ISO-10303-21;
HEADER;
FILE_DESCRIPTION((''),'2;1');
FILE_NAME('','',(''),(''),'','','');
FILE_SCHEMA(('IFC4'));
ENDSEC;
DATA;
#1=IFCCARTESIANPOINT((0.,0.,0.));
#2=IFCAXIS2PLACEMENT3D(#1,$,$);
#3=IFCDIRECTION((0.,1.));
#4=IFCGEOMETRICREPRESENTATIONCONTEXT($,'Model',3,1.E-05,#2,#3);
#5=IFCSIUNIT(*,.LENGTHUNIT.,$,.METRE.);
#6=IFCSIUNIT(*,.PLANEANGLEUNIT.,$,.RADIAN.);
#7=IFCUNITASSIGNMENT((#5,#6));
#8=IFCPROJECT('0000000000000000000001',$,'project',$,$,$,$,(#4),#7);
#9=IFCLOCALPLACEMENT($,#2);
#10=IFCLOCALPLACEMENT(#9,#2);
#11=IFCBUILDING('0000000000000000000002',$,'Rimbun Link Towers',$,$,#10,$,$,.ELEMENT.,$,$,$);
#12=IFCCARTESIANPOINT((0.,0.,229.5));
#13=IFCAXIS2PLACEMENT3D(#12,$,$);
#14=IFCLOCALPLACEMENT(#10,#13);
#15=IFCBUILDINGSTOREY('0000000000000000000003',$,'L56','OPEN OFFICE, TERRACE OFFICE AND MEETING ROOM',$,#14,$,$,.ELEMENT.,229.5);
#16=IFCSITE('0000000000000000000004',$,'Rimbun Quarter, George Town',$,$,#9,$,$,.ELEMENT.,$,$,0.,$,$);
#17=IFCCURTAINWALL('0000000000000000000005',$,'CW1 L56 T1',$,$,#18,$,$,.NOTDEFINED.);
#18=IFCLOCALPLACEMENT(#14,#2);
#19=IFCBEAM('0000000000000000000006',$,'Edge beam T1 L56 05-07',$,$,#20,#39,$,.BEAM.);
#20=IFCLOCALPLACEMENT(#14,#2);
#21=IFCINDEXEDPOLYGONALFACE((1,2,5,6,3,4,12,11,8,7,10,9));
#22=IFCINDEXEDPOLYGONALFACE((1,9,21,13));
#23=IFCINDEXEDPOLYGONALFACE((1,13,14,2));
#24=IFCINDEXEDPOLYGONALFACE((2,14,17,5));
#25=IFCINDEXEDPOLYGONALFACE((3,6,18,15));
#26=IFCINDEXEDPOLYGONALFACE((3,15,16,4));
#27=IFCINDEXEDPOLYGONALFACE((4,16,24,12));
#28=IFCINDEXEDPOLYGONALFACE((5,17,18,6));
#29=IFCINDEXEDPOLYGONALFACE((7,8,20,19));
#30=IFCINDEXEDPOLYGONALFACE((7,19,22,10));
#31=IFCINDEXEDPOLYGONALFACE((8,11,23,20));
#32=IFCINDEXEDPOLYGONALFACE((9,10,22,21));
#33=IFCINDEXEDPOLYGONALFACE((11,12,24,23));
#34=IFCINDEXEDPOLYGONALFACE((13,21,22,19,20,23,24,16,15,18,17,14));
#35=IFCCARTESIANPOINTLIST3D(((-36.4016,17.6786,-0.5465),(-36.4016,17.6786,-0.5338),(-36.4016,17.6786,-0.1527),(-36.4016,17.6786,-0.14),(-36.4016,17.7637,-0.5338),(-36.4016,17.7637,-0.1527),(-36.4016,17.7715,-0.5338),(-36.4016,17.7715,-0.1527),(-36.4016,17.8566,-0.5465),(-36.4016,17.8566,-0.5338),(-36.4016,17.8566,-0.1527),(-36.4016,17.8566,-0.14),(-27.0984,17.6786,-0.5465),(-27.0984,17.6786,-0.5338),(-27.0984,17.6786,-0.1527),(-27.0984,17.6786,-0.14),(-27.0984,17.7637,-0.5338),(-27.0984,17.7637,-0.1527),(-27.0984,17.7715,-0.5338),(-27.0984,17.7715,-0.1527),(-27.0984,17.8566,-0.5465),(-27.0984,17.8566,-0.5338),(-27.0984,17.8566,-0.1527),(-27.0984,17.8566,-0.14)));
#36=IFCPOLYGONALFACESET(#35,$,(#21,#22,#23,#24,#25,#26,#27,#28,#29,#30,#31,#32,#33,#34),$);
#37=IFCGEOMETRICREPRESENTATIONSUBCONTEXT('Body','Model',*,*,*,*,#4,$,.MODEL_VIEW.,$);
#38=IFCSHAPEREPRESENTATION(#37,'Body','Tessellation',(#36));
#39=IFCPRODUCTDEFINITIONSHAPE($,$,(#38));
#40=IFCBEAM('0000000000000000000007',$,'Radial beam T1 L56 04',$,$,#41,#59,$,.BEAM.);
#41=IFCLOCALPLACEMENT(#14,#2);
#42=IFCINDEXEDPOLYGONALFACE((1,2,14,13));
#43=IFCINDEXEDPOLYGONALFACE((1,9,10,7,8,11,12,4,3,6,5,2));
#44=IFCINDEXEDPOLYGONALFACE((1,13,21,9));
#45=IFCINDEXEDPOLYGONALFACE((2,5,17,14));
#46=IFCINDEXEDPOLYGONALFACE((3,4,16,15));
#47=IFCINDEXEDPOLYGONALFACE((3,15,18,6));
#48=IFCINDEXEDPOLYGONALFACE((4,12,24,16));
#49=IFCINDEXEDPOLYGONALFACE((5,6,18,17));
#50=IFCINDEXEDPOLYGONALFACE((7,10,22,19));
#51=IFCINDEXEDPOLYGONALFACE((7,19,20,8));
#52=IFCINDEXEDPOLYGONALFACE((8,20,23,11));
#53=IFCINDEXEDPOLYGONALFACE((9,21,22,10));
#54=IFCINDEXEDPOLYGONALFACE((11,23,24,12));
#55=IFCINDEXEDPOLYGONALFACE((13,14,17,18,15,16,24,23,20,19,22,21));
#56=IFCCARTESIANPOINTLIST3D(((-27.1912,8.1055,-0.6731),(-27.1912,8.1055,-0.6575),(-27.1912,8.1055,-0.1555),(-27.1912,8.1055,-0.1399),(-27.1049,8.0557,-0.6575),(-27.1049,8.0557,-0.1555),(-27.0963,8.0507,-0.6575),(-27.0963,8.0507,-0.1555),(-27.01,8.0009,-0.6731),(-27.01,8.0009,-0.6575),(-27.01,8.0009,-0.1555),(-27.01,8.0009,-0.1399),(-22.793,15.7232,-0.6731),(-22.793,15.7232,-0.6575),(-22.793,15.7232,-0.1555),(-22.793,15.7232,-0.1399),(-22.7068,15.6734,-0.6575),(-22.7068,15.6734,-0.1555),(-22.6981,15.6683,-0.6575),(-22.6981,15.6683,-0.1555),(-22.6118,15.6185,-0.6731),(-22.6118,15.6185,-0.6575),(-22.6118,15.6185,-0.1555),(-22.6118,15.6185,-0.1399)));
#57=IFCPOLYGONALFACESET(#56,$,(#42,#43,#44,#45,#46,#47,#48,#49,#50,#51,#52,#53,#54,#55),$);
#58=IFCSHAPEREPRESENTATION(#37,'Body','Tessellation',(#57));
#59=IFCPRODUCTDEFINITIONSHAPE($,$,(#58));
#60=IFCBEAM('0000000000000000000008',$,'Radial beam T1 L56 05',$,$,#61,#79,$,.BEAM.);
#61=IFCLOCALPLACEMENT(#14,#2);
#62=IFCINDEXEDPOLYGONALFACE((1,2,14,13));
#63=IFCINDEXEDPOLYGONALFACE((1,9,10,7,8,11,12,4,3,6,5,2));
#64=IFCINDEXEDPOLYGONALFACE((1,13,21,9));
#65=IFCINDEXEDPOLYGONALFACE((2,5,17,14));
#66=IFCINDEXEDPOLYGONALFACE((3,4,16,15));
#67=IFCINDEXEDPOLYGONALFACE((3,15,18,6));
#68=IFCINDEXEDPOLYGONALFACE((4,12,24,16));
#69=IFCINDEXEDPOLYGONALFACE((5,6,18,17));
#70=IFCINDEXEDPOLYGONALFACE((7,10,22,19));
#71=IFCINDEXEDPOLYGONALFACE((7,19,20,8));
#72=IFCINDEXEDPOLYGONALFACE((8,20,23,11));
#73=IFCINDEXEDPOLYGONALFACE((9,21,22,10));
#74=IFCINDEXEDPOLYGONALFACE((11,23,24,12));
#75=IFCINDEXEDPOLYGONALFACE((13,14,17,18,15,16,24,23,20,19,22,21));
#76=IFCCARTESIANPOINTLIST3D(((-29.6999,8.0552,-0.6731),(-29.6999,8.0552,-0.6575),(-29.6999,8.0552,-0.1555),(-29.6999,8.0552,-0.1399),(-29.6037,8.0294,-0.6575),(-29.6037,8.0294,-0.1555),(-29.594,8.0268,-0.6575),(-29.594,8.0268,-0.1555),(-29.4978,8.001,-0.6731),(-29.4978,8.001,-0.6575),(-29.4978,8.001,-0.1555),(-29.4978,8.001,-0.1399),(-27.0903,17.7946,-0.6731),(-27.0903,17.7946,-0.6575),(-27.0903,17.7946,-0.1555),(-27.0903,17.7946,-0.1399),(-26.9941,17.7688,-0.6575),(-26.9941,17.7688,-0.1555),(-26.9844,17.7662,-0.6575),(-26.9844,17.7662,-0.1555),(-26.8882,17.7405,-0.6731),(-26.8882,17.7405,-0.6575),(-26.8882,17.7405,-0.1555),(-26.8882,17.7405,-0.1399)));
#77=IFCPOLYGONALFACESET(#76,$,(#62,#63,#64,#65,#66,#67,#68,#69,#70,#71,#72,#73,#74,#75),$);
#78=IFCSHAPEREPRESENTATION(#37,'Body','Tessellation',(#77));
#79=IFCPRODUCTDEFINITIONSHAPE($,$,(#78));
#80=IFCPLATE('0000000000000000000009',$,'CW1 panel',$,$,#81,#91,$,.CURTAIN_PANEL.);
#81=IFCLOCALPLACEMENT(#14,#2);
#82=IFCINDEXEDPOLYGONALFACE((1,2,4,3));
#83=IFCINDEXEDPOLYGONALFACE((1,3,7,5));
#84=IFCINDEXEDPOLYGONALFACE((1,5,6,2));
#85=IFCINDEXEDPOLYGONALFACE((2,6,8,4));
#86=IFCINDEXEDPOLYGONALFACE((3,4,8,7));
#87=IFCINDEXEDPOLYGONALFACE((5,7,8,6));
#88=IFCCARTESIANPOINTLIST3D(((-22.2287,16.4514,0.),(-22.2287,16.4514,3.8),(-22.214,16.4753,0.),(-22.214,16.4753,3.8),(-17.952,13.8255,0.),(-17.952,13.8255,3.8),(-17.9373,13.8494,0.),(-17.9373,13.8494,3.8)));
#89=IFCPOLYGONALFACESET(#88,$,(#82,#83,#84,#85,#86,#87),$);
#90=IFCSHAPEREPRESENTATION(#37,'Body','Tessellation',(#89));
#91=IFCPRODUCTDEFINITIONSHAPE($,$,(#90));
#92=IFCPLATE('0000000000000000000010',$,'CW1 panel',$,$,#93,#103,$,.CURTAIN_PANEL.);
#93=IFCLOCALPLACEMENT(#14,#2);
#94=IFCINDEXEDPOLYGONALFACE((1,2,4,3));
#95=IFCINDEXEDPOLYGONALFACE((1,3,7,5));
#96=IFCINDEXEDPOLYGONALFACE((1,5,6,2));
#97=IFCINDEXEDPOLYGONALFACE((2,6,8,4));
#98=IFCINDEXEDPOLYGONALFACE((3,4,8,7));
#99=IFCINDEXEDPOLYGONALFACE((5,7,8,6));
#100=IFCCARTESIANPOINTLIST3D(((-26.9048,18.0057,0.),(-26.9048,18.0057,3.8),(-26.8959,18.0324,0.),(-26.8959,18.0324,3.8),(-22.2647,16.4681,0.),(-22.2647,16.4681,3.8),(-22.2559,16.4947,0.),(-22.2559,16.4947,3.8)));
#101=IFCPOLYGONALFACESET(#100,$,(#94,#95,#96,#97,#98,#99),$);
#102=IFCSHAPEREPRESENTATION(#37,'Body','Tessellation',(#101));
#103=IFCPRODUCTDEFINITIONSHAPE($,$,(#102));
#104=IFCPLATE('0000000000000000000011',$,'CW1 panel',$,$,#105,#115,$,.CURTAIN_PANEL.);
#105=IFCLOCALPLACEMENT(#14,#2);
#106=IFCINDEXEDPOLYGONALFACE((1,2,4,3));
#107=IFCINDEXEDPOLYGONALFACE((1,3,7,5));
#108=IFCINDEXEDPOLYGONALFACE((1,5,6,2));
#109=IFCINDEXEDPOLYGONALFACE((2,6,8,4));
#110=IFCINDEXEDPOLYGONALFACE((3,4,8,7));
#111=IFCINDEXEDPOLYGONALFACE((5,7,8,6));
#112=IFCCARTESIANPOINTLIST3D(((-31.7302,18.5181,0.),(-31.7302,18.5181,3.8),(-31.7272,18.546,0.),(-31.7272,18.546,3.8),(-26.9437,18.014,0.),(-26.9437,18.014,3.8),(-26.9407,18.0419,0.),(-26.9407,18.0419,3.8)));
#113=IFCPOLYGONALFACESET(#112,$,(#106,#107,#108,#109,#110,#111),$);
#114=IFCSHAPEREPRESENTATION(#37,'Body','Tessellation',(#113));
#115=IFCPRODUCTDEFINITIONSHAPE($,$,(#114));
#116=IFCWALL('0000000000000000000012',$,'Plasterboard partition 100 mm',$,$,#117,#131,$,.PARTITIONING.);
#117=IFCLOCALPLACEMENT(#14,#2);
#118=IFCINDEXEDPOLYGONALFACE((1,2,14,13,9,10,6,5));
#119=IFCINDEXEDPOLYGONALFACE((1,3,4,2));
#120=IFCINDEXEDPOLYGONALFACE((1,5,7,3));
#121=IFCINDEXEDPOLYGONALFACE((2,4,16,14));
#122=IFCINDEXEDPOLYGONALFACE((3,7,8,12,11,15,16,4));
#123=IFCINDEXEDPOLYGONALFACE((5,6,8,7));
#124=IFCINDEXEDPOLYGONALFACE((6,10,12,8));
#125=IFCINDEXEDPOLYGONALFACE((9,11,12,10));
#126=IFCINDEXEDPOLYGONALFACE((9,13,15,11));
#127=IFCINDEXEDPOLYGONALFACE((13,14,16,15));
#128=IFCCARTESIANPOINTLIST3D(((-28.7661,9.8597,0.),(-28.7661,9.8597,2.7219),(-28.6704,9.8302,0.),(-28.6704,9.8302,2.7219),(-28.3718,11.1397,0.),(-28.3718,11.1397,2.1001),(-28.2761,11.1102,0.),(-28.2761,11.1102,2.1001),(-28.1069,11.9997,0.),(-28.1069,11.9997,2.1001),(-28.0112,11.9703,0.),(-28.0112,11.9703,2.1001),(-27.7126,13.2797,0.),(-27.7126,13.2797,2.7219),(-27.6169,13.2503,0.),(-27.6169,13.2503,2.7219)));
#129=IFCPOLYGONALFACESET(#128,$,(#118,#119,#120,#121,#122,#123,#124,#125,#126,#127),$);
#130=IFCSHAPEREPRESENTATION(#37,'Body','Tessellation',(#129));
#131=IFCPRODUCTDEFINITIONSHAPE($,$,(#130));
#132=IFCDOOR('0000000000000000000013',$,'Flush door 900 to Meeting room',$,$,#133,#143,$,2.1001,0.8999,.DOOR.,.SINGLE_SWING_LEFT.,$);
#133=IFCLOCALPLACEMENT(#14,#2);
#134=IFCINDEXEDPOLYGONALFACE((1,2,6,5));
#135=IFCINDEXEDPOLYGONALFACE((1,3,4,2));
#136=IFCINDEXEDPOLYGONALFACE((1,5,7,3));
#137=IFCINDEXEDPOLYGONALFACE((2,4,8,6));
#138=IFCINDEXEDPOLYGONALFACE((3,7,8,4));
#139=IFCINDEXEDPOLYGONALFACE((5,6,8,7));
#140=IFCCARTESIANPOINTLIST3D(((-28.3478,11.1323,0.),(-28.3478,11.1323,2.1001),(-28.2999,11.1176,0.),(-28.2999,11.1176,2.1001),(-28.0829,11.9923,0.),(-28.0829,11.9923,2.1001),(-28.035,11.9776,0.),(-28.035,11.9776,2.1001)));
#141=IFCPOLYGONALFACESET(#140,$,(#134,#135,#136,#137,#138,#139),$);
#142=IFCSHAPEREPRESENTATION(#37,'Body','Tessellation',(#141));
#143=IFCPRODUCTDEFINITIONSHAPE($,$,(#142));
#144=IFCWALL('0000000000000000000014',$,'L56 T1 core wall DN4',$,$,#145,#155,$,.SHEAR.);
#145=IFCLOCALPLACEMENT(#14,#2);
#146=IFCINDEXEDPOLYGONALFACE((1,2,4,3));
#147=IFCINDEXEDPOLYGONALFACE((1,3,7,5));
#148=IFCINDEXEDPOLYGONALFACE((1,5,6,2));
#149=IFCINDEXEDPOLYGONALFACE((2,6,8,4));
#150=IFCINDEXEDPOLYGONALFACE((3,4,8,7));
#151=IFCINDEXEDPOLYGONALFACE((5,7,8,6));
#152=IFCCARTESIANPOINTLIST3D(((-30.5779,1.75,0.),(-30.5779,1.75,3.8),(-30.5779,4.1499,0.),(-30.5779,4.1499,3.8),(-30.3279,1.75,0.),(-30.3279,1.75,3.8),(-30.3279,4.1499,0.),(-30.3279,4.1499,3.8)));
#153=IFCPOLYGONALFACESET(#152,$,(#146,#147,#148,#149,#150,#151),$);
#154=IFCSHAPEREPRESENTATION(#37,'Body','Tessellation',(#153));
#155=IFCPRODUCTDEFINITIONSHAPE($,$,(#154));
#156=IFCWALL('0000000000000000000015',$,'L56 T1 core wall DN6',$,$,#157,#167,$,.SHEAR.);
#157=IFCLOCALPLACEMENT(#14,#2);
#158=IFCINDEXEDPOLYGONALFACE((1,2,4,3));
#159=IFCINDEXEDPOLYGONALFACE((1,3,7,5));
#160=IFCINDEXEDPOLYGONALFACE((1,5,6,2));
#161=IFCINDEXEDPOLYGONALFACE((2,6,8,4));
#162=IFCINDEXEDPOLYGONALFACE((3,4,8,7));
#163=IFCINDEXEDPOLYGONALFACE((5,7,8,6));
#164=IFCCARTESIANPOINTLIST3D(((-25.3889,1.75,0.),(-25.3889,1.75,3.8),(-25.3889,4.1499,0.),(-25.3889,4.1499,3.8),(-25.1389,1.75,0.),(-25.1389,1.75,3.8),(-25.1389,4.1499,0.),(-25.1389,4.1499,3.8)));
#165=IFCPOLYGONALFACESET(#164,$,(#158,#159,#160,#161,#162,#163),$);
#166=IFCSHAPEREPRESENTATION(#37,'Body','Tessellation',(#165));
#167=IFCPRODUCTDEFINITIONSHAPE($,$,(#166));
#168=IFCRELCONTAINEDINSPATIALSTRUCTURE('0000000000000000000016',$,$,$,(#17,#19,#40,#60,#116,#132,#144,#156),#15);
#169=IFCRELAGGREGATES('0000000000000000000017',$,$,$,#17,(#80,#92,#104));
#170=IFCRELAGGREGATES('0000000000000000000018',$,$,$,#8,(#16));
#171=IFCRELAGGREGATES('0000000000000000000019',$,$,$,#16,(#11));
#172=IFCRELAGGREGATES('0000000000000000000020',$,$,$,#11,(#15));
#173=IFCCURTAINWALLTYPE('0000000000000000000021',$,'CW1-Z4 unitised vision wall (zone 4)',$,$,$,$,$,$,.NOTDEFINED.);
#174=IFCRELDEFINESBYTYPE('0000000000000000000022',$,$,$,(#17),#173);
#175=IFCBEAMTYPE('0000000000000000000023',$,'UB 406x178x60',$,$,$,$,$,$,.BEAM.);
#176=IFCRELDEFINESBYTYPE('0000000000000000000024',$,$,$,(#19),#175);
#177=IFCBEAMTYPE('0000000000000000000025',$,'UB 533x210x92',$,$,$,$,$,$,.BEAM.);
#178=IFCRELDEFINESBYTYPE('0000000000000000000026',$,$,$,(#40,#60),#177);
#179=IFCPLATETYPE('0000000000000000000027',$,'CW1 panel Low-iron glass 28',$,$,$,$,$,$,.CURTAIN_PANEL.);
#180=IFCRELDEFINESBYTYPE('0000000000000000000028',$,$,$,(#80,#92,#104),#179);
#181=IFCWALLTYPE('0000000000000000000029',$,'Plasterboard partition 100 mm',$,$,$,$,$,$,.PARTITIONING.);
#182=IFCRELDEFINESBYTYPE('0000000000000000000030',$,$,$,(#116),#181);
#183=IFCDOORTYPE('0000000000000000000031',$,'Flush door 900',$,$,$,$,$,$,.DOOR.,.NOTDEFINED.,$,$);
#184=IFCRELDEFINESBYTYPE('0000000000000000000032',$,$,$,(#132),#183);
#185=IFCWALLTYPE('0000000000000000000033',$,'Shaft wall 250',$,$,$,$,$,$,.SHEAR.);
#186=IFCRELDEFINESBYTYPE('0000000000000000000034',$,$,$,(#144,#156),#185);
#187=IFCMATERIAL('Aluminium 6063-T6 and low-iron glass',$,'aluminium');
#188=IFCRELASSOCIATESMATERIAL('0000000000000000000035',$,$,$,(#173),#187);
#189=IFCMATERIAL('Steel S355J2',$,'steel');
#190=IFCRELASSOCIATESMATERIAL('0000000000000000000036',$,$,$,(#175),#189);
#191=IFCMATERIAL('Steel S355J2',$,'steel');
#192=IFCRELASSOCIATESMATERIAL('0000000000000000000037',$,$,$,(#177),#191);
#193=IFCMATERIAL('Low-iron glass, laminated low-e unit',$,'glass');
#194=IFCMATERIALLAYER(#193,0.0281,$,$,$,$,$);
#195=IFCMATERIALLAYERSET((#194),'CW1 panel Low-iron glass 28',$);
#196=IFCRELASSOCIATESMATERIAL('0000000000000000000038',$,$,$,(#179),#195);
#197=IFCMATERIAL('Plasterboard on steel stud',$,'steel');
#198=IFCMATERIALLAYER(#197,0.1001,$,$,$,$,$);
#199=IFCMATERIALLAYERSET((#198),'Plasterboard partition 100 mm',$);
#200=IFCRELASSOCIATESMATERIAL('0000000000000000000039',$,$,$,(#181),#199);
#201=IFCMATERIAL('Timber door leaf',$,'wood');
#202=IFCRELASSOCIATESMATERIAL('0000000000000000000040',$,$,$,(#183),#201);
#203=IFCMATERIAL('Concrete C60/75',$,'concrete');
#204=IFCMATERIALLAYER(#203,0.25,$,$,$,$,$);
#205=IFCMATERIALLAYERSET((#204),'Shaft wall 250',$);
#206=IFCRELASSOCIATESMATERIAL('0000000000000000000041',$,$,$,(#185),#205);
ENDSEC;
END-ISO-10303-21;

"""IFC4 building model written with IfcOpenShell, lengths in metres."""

from ifc_helpers import new_model, si_unit, direction, frame, frame_2d, origin, origin_2d, place, context, subcontext, project, spatial, rectangle, i_section, extrude, material, layer, layer_set, material_profile, profile_set, type_object, element, fill, aggregate, save


model = new_model("IFC4")

# Units and contexts
model_context = context("Model", 3, precision=1e-05, world=origin(), true_north=direction((0.0, 1.0)))
body_context = subcontext(model_context, "Body", "Model", "MODEL_VIEW")
ifc_project = project(units=[si_unit("LENGTHUNIT", "METRE"), si_unit("PLANEANGLEUNIT", "RADIAN")], contexts=[model_context])

# Site, building, storey
site_placement = place(None, origin())
site = spatial("IfcSite", under=ifc_project, at=site_placement, Name="Rimbun Quarter, George Town", CompositionType="ELEMENT", RefElevation=0.0)
building_placement = place(site_placement, origin())
building = spatial("IfcBuilding", under=site, at=building_placement, Name="Rimbun Link Towers", CompositionType="ELEMENT")
storey_placement = place(building_placement, frame((0.0, 0.0, 229.5)))
storey = spatial("IfcBuildingStorey", under=building, at=storey_placement, Name="L56", Description="OPEN OFFICE, TERRACE OFFICE AND MEETING ROOM", CompositionType="ELEMENT", Elevation=229.5)

# Curtain wall
ifc_material_1 = material(Name="Aluminium 6063-T6 and low-iron glass", Category="aluminium")
curtain_wall_type = type_object("IfcCurtainWallType", Name="CW1-Z4 unitised vision wall (zone 4)", PredefinedType="NOTDEFINED", material=ifc_material_1)
curtain_wall_placement = place(storey_placement, origin())
curtain_wall = element("IfcCurtainWall", 1, at=curtain_wall_placement, inside=storey, type_object=curtain_wall_type, Name="CW1 L56 T1", PredefinedType="NOTDEFINED")

# Beams
ifc_material_2 = material(Name="Steel S355J2", Category="steel")
ifc_material_profile_1 = material_profile(ifc_material_2, i_section(OverallWidth=0.178, OverallDepth=0.4065, WebThickness=0.0078, FlangeThickness=0.0127, at=origin_2d()), Name="UB 406x178x60")
ifc_profile_set_1 = profile_set([ifc_material_profile_1], Name="Steel S355J2")
beam_type_1 = type_object("IfcBeamType", Name="UB 406x178x60", PredefinedType="BEAM", material=ifc_profile_set_1)
beam_1_placement = place(storey_placement, frame((-27.0984, 17.7676, -0.3433), z_axis=(-1.0, 0.0, 0.0), x_axis=(0.0, -1.0, 0.0)))
element("IfcBeam", 2, at=beam_1_placement, inside=storey, type_object=beam_type_1, Name="Edge beam T1 L56 05-07", PredefinedType="BEAM", context=body_context, shape_type="SweptSolid", body=[
    extrude(i_section(OverallWidth=0.178, OverallDepth=0.4065, WebThickness=0.0078, FlangeThickness=0.0127, at=origin_2d()), origin(), (0.0, 0.0, 1.0), 9.3032),
])
ifc_material_3 = material(Name="Steel S355J2", Category="steel")
ifc_material_profile_2 = material_profile(ifc_material_3, i_section(OverallWidth=0.2092, OverallDepth=0.5332, WebThickness=0.01, FlangeThickness=0.0156, at=origin_2d()), Name="UB 533x210x92")
ifc_profile_set_2 = profile_set([ifc_material_profile_2], Name="Steel S355J2")
beam_type_2 = type_object("IfcBeamType", Name="UB 533x210x92", PredefinedType="BEAM", material=ifc_profile_set_2)
beam_2_placement = place(storey_placement, frame((-27.1006, 8.0532, -0.4065), z_axis=(0.500011, 0.866019, 0.0), x_axis=(-0.866019, 0.500011, 0.0)))
element("IfcBeam", 3, at=beam_2_placement, inside=storey, type_object=beam_type_2, Name="Radial beam T1 L56 04", PredefinedType="BEAM", context=body_context, shape_type="SweptSolid", body=[
    extrude(i_section(OverallWidth=0.2092, OverallDepth=0.5332, WebThickness=0.01, FlangeThickness=0.0156, at=origin_2d()), origin(), (0.0, 0.0, 1.0), 8.7961),
])
beam_3_placement = place(storey_placement, frame((-29.5989, 8.0281, -0.4065), z_axis=(0.258812, 0.965928, 0.0), x_axis=(-0.965928, 0.258812, 0.0)))
element("IfcBeam", 4, at=beam_3_placement, inside=storey, type_object=beam_type_2, Name="Radial beam T1 L56 05", PredefinedType="BEAM", context=body_context, shape_type="SweptSolid", body=[
    extrude(i_section(OverallWidth=0.2092, OverallDepth=0.5332, WebThickness=0.01, FlangeThickness=0.0156, at=origin_2d()), origin(), (0.0, 0.0, 1.0), 10.083),
])

# Plates
ifc_material_4 = material(Name="Low-iron glass, laminated low-e unit", Category="glass")
ifc_layer_1 = layer(ifc_material_4, 0.0281)
ifc_layer_set_1 = layer_set([ifc_layer_1], Name="CW1 panel Low-iron glass 28")
plate_type = type_object("IfcPlateType", Name="CW1 panel Low-iron glass 28", PredefinedType="CURTAIN_PANEL", material=ifc_layer_set_1)
plate_1_placement = place(storey_placement, frame((-20.083, 15.1504, 0.0), z_axis=(0.0, 0.0, 1.0), x_axis=(0.852187, -0.523237, 0.0)))
plate_1 = element("IfcPlate", 5, at=plate_1_placement, type_object=plate_type, Name="CW1 panel", PredefinedType="CURTAIN_PANEL", context=body_context, shape_type="SweptSolid", body=[
    extrude(rectangle(XDim=5.0186, YDim=0.0281, at=origin_2d()), origin(), (0.0, 0.0, 1.0), 3.8),
])
plate_2_placement = place(storey_placement, frame((-24.5803, 17.2502, 0.0), z_axis=(0.0, 0.0, 1.0), x_axis=(0.949236, -0.314565, 0.0)))
plate_2 = element("IfcPlate", 6, at=plate_2_placement, type_object=plate_type, Name="CW1 panel", PredefinedType="CURTAIN_PANEL", context=body_context, shape_type="SweptSolid", body=[
    extrude(rectangle(XDim=4.8882, YDim=0.0281, at=origin_2d()), origin(), (0.0, 0.0, 1.0), 3.8),
])
plate_3_placement = place(storey_placement, frame((-29.3354, 18.28, 0.0), z_axis=(0.0, 0.0, 1.0), x_axis=(0.9945, -0.104739, 0.0)))
plate_3 = element("IfcPlate", 7, at=plate_3_placement, type_object=plate_type, Name="CW1 panel", PredefinedType="CURTAIN_PANEL", context=body_context, shape_type="SweptSolid", body=[
    extrude(rectangle(XDim=4.813, YDim=0.0281, at=origin_2d()), origin(), (0.0, 0.0, 1.0), 3.8),
])
aggregate(curtain_wall, [plate_1, plate_2, plate_3])

# Wall, opening, door
ifc_material_5 = material(Name="Plasterboard on steel stud", Category="steel")
ifc_layer_2 = layer(ifc_material_5, 0.1001)
ifc_layer_set_2 = layer_set([ifc_layer_2], Name="Plasterboard partition 100 mm")
wall_type_1 = type_object("IfcWallType", Name="Plasterboard partition 100 mm", PredefinedType="PARTITIONING", material=ifc_layer_set_2)
wall_1_placement = place(storey_placement, frame((-28.7183, 9.845, 0.0), z_axis=(0.0, 0.0, 1.0), x_axis=(0.294388, 0.955686, 0.0)))
wall_1 = element("IfcWall", 8, at=wall_1_placement, inside=storey, type_object=wall_type_1, Name="Plasterboard partition 100 mm", PredefinedType="PARTITIONING", context=body_context, shape_type="SweptSolid", body=[
    extrude(rectangle(XDim=3.5786, YDim=0.1001, at=frame_2d((1.7893, 0.0))), origin(), (0.0, 0.0, 1.0), 2.7219),
])
opening_1_placement = place(wall_1_placement, frame((1.3394, 0.0, 0.0)))
opening_1 = element("IfcOpeningElement", 9, at=opening_1_placement, cuts=wall_1, PredefinedType="OPENING", context=body_context, shape_type="SweptSolid", body=[
    extrude(rectangle(XDim=0.8999, YDim=2.1001, at=frame_2d((0.45, 1.05))), frame((0.0, 0.0601, 0.0), z_axis=(0.0, -1.0, 0.0), x_axis=(1.0, 0.0, 0.0)), (0.0, 0.0, 1.0), 0.1201),
])
ifc_material_6 = material(Name="Timber door leaf", Category="wood")
door_type_1 = type_object("IfcDoorType", Name="Flush door 900", OperationType="NOTDEFINED", PredefinedType="DOOR", material=ifc_material_6)
door_1_placement = place(opening_1_placement, origin())
door_1 = element("IfcDoor", 10, at=door_1_placement, inside=storey, type_object=door_type_1, Name="Flush door 900 to Meeting room", OperationType="SINGLE_SWING_LEFT", OverallHeight=2.1001, OverallWidth=0.8999, PredefinedType="DOOR", context=body_context, shape_type="SweptSolid", body=[
    extrude(rectangle(XDim=0.8999, YDim=2.1001, at=frame_2d((0.45, 1.05))), frame((0.0, 0.0249, 0.0), z_axis=(0.0, -1.0, 0.0), x_axis=(1.0, 0.0, 0.0)), (0.0, 0.0, 1.0), 0.05),
])
fill(opening_1, door_1)

# Walls
ifc_material_7 = material(Name="Concrete C60/75", Category="concrete")
ifc_layer_3 = layer(ifc_material_7, 0.25)
ifc_layer_set_3 = layer_set([ifc_layer_3], Name="Shaft wall 250")
wall_type_2 = type_object("IfcWallType", Name="Shaft wall 250", PredefinedType="SHEAR", material=ifc_layer_set_3)
for number, where, z_axis, x_axis, name in (
    (11, (-30.4529, 1.75, 0.0), (0.0, 0.0, 1.0), (0.0, 1.0, 0.0), "L56 T1 core wall DN4"),
    (12, (-25.2639, 1.75, 0.0), (0.0, 0.0, 1.0), (0.0, 1.0, 0.0), "L56 T1 core wall DN6"),
):
    element("IfcWall", number, at=place(storey_placement, frame(where, z_axis=z_axis, x_axis=x_axis)), inside=storey, type_object=wall_type_2, Name=name, PredefinedType="SHEAR", context=body_context, shape_type="SweptSolid", body=[
        extrude(rectangle(XDim=2.3999, YDim=0.25, at=frame_2d((1.2, 0.0))), origin(), (0.0, 0.0, 1.0), 3.8),
    ])

save(model, "model.ifc")
